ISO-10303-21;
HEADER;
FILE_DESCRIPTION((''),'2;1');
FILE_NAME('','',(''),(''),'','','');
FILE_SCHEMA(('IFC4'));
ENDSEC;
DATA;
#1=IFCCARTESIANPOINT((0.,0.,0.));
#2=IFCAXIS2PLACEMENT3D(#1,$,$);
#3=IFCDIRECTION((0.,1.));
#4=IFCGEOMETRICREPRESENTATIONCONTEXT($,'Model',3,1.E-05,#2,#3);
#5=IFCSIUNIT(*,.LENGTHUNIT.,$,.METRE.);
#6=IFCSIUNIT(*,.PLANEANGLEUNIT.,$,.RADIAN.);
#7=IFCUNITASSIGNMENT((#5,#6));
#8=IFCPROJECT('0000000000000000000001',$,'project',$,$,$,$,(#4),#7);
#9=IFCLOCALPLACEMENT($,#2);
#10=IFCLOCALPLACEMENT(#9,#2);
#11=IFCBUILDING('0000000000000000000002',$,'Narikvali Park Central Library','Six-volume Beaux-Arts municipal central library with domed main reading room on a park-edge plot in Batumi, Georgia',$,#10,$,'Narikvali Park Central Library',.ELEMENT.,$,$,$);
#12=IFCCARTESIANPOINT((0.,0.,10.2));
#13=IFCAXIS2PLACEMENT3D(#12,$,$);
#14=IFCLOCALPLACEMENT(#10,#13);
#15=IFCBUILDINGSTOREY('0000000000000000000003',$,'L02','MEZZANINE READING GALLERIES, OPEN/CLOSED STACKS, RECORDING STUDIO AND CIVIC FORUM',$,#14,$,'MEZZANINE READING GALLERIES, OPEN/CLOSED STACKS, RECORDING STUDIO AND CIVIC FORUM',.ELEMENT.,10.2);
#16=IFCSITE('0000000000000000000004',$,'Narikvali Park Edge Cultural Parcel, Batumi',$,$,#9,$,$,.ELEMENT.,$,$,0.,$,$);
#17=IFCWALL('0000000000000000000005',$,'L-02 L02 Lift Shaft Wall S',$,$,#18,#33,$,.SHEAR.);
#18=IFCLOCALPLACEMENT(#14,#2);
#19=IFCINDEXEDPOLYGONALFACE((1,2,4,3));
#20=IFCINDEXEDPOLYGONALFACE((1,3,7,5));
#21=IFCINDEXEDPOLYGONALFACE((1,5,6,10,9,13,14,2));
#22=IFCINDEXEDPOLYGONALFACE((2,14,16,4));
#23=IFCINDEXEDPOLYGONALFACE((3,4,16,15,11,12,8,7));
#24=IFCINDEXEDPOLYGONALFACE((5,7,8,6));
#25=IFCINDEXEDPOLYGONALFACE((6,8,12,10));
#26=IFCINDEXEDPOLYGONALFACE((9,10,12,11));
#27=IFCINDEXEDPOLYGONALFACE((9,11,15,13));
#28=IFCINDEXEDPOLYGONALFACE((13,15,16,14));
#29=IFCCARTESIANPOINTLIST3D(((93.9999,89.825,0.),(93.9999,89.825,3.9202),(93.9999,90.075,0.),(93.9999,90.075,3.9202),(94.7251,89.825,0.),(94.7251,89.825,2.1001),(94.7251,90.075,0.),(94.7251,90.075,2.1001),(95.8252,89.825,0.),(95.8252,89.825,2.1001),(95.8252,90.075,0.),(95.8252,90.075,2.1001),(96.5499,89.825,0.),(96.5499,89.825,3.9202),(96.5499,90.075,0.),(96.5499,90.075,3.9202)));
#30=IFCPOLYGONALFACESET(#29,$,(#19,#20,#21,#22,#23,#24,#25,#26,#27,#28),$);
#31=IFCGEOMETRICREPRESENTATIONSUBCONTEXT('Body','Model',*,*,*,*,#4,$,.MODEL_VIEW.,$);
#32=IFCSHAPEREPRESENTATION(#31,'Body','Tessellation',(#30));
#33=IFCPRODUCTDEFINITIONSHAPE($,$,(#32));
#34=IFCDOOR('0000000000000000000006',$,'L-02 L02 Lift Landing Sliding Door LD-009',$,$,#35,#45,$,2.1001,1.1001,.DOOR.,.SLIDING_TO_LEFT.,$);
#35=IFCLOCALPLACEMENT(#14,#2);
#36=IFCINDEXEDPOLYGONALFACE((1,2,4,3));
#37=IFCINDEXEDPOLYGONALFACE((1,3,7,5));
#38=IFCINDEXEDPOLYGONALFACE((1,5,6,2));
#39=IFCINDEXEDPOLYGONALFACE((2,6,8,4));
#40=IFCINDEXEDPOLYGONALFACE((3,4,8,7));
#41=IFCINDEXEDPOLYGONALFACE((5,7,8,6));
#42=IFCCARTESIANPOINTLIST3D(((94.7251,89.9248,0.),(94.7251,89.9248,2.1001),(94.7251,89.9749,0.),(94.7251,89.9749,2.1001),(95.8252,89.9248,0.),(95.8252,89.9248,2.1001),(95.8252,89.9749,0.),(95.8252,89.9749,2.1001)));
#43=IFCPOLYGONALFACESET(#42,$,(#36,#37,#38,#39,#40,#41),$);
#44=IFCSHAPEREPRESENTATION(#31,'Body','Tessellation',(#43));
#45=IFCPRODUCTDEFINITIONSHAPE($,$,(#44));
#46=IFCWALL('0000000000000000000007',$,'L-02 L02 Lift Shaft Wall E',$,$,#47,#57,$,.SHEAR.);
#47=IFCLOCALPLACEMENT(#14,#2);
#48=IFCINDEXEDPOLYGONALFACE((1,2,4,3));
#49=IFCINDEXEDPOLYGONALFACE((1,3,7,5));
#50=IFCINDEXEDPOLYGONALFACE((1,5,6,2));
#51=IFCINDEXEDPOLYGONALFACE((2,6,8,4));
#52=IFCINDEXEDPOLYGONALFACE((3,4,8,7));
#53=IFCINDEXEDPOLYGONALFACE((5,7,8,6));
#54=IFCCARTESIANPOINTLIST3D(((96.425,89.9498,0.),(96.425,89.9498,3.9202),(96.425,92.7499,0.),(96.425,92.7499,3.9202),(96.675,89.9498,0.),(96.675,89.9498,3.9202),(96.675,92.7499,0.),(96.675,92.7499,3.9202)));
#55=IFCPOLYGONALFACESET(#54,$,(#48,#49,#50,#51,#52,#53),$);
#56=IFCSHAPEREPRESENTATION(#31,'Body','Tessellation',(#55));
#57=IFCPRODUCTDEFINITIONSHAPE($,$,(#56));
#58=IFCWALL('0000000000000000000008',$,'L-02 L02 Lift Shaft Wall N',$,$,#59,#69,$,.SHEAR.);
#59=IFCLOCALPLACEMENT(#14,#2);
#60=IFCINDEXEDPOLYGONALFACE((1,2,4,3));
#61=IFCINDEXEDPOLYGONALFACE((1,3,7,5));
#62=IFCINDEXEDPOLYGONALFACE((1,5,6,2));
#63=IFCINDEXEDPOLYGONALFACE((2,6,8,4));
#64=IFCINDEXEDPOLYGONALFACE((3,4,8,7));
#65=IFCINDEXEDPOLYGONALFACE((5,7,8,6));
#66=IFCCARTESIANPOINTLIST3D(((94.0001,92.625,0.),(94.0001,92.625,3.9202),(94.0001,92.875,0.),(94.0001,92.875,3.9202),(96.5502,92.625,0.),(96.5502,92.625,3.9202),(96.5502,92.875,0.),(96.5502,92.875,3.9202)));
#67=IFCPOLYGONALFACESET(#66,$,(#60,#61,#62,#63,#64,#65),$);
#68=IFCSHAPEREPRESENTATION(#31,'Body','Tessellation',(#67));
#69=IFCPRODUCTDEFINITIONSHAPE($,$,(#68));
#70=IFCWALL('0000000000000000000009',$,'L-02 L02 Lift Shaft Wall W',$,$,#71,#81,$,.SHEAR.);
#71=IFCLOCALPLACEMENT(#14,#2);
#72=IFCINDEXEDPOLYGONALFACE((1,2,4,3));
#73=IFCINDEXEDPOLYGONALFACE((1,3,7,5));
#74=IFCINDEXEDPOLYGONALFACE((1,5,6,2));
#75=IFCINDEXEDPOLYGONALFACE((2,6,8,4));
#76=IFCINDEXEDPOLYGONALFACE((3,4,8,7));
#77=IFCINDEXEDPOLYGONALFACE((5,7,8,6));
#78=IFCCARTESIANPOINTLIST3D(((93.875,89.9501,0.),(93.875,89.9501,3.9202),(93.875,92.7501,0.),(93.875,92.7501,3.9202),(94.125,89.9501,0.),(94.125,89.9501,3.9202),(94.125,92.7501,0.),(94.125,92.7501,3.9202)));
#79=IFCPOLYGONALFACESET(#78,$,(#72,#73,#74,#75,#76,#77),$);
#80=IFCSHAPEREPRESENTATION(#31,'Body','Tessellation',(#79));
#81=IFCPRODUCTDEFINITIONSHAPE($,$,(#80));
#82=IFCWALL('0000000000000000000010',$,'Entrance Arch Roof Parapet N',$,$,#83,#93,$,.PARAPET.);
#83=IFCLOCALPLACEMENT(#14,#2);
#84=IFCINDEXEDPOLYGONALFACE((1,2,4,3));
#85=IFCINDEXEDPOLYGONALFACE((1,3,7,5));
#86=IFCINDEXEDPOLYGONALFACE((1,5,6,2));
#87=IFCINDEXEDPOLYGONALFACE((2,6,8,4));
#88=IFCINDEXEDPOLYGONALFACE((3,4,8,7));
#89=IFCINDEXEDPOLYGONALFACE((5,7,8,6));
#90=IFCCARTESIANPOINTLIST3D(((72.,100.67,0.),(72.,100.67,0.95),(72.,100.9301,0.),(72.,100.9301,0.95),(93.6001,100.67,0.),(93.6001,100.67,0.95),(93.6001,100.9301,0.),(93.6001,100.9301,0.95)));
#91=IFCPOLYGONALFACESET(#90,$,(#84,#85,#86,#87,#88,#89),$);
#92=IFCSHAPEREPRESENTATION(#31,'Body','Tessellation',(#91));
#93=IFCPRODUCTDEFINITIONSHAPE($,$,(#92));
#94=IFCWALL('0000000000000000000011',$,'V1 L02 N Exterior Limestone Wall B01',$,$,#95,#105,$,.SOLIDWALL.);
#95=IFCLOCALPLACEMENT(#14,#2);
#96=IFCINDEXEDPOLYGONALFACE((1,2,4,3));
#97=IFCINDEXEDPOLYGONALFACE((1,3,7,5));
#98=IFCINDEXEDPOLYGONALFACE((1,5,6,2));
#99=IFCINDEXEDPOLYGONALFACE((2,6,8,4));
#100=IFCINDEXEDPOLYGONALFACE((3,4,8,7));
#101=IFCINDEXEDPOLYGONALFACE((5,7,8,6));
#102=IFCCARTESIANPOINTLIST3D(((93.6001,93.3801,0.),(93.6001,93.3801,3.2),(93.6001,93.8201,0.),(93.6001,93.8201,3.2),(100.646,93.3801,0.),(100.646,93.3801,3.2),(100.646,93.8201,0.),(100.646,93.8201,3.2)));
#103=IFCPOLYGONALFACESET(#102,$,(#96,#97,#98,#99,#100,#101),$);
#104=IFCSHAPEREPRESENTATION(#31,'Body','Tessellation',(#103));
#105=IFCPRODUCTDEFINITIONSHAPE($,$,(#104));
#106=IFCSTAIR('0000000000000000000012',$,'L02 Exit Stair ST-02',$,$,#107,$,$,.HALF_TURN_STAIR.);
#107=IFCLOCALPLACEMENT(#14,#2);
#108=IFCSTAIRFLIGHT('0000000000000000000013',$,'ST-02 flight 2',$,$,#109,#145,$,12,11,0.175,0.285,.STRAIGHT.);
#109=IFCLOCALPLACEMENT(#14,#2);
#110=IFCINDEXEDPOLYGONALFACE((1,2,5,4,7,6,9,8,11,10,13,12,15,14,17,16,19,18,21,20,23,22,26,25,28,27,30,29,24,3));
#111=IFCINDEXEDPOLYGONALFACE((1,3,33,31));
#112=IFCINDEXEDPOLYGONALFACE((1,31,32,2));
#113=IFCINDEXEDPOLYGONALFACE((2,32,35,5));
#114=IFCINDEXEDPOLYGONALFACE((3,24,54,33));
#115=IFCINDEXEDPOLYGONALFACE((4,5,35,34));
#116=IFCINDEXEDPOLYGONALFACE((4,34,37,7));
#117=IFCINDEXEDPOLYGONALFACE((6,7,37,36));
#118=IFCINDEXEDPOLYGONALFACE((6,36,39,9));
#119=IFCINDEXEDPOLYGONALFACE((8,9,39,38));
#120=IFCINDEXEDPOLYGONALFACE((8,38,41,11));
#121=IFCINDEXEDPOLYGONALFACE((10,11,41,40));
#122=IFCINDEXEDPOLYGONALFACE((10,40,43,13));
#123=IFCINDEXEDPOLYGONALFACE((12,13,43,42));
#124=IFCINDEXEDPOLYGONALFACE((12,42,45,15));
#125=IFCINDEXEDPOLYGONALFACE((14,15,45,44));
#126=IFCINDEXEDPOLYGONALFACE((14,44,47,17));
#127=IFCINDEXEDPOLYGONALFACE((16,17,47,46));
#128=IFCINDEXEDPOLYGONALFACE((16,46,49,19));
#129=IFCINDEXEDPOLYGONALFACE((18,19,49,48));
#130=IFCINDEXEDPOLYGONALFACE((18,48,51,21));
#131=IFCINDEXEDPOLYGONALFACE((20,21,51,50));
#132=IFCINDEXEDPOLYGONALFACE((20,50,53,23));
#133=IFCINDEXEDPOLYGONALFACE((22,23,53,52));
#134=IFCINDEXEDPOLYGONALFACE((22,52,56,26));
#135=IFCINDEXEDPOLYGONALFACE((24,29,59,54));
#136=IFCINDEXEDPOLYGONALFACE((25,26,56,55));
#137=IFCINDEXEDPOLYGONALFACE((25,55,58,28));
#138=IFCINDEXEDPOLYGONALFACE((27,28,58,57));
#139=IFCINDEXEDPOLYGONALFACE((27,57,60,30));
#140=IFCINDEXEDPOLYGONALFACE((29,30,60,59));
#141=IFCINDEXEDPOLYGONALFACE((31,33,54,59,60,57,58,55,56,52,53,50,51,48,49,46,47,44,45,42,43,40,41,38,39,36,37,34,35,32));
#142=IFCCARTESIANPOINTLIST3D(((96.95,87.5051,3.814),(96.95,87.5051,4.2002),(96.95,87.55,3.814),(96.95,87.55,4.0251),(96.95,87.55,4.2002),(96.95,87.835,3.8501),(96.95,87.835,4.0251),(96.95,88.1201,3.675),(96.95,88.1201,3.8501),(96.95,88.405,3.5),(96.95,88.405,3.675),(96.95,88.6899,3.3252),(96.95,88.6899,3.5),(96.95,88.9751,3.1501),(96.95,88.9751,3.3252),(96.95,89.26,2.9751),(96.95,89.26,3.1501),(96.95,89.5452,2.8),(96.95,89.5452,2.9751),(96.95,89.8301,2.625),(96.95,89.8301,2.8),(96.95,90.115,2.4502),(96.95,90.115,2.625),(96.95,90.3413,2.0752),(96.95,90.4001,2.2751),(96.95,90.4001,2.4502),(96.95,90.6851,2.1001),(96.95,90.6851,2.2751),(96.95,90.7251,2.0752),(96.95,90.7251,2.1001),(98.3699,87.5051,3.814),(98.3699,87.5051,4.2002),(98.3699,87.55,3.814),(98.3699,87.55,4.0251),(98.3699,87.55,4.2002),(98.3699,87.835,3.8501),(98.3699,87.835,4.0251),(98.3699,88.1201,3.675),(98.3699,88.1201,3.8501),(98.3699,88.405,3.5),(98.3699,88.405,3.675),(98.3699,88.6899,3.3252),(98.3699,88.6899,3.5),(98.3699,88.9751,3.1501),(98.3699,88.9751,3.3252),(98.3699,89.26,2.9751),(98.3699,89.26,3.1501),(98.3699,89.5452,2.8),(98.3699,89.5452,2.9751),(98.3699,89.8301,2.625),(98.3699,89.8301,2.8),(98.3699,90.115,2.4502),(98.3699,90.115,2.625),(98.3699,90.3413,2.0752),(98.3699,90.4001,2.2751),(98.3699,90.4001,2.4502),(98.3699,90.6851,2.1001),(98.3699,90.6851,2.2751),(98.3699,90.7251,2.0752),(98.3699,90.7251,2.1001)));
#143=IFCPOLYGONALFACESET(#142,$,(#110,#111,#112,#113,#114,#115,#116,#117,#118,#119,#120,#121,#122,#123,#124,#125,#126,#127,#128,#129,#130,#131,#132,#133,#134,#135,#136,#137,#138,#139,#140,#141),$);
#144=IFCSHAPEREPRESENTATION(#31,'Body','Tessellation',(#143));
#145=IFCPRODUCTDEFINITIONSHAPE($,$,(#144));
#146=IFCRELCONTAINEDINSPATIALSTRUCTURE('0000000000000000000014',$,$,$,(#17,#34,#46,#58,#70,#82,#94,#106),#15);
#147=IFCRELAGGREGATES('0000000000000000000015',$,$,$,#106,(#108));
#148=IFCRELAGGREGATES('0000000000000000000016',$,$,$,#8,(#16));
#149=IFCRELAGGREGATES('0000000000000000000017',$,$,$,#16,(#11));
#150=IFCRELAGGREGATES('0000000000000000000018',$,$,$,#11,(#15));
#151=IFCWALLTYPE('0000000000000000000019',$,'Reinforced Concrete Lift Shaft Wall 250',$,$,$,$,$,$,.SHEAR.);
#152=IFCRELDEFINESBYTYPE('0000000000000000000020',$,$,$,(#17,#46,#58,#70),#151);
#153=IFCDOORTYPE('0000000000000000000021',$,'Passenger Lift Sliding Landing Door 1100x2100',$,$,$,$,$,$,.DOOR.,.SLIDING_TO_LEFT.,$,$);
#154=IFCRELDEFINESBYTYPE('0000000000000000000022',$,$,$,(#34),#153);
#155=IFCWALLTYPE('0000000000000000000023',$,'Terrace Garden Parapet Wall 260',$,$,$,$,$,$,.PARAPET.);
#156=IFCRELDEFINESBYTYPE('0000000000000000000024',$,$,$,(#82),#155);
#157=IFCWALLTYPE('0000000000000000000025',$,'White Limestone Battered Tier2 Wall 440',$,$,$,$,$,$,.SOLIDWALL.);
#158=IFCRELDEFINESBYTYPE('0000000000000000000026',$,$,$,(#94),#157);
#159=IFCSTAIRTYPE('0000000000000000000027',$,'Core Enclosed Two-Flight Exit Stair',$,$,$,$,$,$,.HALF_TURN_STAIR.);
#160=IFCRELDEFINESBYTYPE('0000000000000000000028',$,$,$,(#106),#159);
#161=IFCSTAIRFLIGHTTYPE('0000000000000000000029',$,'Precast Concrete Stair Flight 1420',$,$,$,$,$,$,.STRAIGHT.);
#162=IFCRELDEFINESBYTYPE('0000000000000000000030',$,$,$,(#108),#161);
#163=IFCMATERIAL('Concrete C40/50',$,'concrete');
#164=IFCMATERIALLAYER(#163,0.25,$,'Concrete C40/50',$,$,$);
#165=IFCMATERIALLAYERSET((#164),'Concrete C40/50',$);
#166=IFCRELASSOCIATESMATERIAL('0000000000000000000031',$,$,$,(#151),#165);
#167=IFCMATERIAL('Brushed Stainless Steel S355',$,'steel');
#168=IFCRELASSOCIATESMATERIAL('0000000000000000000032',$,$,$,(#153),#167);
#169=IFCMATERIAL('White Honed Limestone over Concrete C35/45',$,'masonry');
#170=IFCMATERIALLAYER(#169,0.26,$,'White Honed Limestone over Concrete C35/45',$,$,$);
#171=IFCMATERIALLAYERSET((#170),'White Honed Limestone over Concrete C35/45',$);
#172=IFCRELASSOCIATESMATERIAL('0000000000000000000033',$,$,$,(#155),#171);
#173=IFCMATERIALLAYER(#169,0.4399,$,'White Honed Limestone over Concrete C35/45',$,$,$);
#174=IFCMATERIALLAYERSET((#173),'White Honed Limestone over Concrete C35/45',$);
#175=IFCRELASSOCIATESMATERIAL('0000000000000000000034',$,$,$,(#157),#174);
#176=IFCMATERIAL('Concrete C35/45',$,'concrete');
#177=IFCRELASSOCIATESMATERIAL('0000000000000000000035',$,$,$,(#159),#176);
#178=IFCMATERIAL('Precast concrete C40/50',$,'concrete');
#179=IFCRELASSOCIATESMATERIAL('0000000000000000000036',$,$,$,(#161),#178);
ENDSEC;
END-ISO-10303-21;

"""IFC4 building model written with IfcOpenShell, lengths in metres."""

from ifc_helpers import new_model, si_unit, direction, frame, frame_2d, origin, place, context, subcontext, project, spatial, polyline, rectangle, outline, extrude, material, layer, layer_set, type_object, element, fill, aggregate, save


model = new_model("IFC4")

# Units and contexts
model_context = context("Model", 3, precision=1e-05, world=origin(), true_north=direction((0.0, 1.0)))
body_context = subcontext(model_context, "Body", "Model", "MODEL_VIEW")
ifc_project = project(units=[si_unit("LENGTHUNIT", "METRE"), si_unit("PLANEANGLEUNIT", "RADIAN")], contexts=[model_context])

# Site, building, storey
site_placement = place(None, origin())
site = spatial("IfcSite", under=ifc_project, at=site_placement, Name="Narikvali Park Edge Cultural Parcel, Batumi", CompositionType="ELEMENT", RefElevation=0.0)
building_placement = place(site_placement, origin())
building = spatial("IfcBuilding", under=site, at=building_placement, Name="Narikvali Park Central Library", Description="Six-volume Beaux-Arts municipal central library with domed main reading room on a park-edge plot in Batumi, Georgia", LongName="Narikvali Park Central Library", CompositionType="ELEMENT")
storey_placement = place(building_placement, frame((0.0, 0.0, 10.2)))
storey = spatial("IfcBuildingStorey", under=building, at=storey_placement, Name="L02", Description="MEZZANINE READING GALLERIES, OPEN/CLOSED STACKS, RECORDING STUDIO AND CIVIC FORUM", LongName="MEZZANINE READING GALLERIES, OPEN/CLOSED STACKS, RECORDING STUDIO AND CIVIC FORUM", CompositionType="ELEMENT", Elevation=10.2)

# Shared definitions
ifc_material_1 = material(Name="Concrete C40/50", Category="concrete")

# Wall, opening, door
ifc_layer_1 = layer(ifc_material_1, 0.25, Name="Concrete C40/50")
ifc_layer_set_1 = layer_set([ifc_layer_1], Name="Concrete C40/50")
wall_type_1 = type_object("IfcWallType", Name="Reinforced Concrete Lift Shaft Wall 250", PredefinedType="SHEAR", material=ifc_layer_set_1)
wall_1_placement = place(storey_placement, frame((94.0, 89.95, 0.0), z_axis=(0.0, 0.0, 1.0), x_axis=(1.0, 0.0, 0.0)))
wall_1 = element("IfcWall", 1, at=wall_1_placement, inside=storey, type_object=wall_type_1, Name="L-02 L02 Lift Shaft Wall S", PredefinedType="SHEAR", context=body_context, shape_type="SweptSolid", body=[
    extrude(rectangle(XDim=2.55, YDim=0.25, at=frame_2d((1.2749, 0.0))), origin(), (0.0, 0.0, 1.0), 3.9202),
])
opening_placement = place(wall_1_placement, frame((0.7251, 0.0, 0.0)))
opening = element("IfcOpeningElement", 2, at=opening_placement, cuts=wall_1, PredefinedType="OPENING", context=body_context, shape_type="SweptSolid", body=[
    extrude(rectangle(XDim=1.1001, YDim=2.1001, at=frame_2d((0.55, 1.05))), frame((0.0, 0.137, 0.0), z_axis=(0.0, -1.0, 0.0), x_axis=(1.0, 0.0, 0.0)), (0.0, 0.0, 1.0), 0.2739),
])
ifc_material_2 = material(Name="Brushed Stainless Steel S355", Category="steel")
door_type = type_object("IfcDoorType", Name="Passenger Lift Sliding Landing Door 1100x2100", OperationType="SLIDING_TO_LEFT", PredefinedType="DOOR", material=ifc_material_2)
door_placement = place(opening_placement, origin())
door = element("IfcDoor", 3, at=door_placement, inside=storey, type_object=door_type, Name="L-02 L02 Lift Landing Sliding Door LD-009", OperationType="SLIDING_TO_LEFT", OverallHeight=2.1001, OverallWidth=1.1001, PredefinedType="DOOR", context=body_context, shape_type="SweptSolid", body=[
    extrude(rectangle(XDim=1.1001, YDim=2.1001, at=frame_2d((0.55, 1.05))), frame((0.0, 0.0249, 0.0), z_axis=(0.0, -1.0, 0.0), x_axis=(1.0, 0.0, 0.0)), (0.0, 0.0, 1.0), 0.05),
])
fill(opening, door)

# Walls
wall_2_placement = place(storey_placement, frame((96.55, 89.95, 0.0), z_axis=(0.0, 0.0, 1.0), x_axis=(0.0, 1.0, 0.0)))
element("IfcWall", 4, at=wall_2_placement, inside=storey, type_object=wall_type_1, Name="L-02 L02 Lift Shaft Wall E", PredefinedType="SHEAR", context=body_context, shape_type="SweptSolid", body=[
    extrude(rectangle(XDim=2.8, YDim=0.25, at=frame_2d((1.3999, 0.0))), origin(), (0.0, 0.0, 1.0), 3.9202),
])
wall_3_placement = place(storey_placement, frame((96.55, 92.75, 0.0), z_axis=(0.0, 0.0, 1.0), x_axis=(-1.0, 0.0, 0.0)))
element("IfcWall", 5, at=wall_3_placement, inside=storey, type_object=wall_type_1, Name="L-02 L02 Lift Shaft Wall N", PredefinedType="SHEAR", context=body_context, shape_type="SweptSolid", body=[
    extrude(rectangle(XDim=2.55, YDim=0.25, at=frame_2d((1.2749, 0.0))), origin(), (0.0, 0.0, 1.0), 3.9202),
])
wall_4_placement = place(storey_placement, frame((94.0, 92.75, 0.0), z_axis=(0.0, 0.0, 1.0), x_axis=(0.0, -1.0, 0.0)))
element("IfcWall", 6, at=wall_4_placement, inside=storey, type_object=wall_type_1, Name="L-02 L02 Lift Shaft Wall W", PredefinedType="SHEAR", context=body_context, shape_type="SweptSolid", body=[
    extrude(rectangle(XDim=2.8, YDim=0.25, at=frame_2d((1.3999, 0.0))), origin(), (0.0, 0.0, 1.0), 3.9202),
])
ifc_material_3 = material(Name="White Honed Limestone over Concrete C35/45", Category="masonry")
ifc_layer_2 = layer(ifc_material_3, 0.26, Name="White Honed Limestone over Concrete C35/45")
ifc_layer_set_2 = layer_set([ifc_layer_2], Name="White Honed Limestone over Concrete C35/45")
wall_type_2 = type_object("IfcWallType", Name="Terrace Garden Parapet Wall 260", PredefinedType="PARAPET", material=ifc_layer_set_2)
wall_5_placement = place(storey_placement, frame((93.6001, 100.8, 0.0), z_axis=(0.0, 0.0, 1.0), x_axis=(-1.0, 0.0, 0.0)))
element("IfcWall", 7, at=wall_5_placement, inside=storey, type_object=wall_type_2, Name="Entrance Arch Roof Parapet N", PredefinedType="PARAPET", context=body_context, shape_type="SweptSolid", body=[
    extrude(rectangle(XDim=21.6001, YDim=0.26, at=frame_2d((10.8, 0.0))), origin(), (0.0, 0.0, 1.0), 0.95),
])
ifc_layer_3 = layer(ifc_material_3, 0.4399, Name="White Honed Limestone over Concrete C35/45")
ifc_layer_set_3 = layer_set([ifc_layer_3], Name="White Honed Limestone over Concrete C35/45")
wall_type_3 = type_object("IfcWallType", Name="White Limestone Battered Tier2 Wall 440", PredefinedType="SOLIDWALL", material=ifc_layer_set_3)
wall_6_placement = place(storey_placement, frame((100.646, 93.6001, 0.0), z_axis=(0.0, 0.0, 1.0), x_axis=(-1.0, 0.0, 0.0)))
element("IfcWall", 8, at=wall_6_placement, inside=storey, type_object=wall_type_3, Name="V1 L02 N Exterior Limestone Wall B01", PredefinedType="SOLIDWALL", context=body_context, shape_type="SweptSolid", body=[
    extrude(rectangle(XDim=7.0459, YDim=0.4399, at=frame_2d((3.5229, 0.0))), origin(), (0.0, 0.0, 1.0), 3.2),
])

# Stair, stair flight
ifc_material_4 = material(Name="Concrete C35/45", Category="concrete")
stair_type = type_object("IfcStairType", Name="Core Enclosed Two-Flight Exit Stair", PredefinedType="HALF_TURN_STAIR", material=ifc_material_4)
stair_placement = place(storey_placement, origin())
stair = element("IfcStair", 9, at=stair_placement, inside=storey, type_object=stair_type, Name="L02 Exit Stair ST-02", PredefinedType="HALF_TURN_STAIR")
ifc_material_5 = material(Name="Precast concrete C40/50", Category="concrete")
stair_flight_type = type_object("IfcStairFlightType", Name="Precast Concrete Stair Flight 1420", PredefinedType="STRAIGHT", material=ifc_material_5)
stair_flight_placement = place(storey_placement, frame((97.6599, 90.6851, 2.1001), z_axis=(0.0, 0.0, 1.0), x_axis=(0.0, -1.0, 0.0)))
stair_flight = element("IfcStairFlight", 10, at=stair_flight_placement, type_object=stair_flight_type, Name="ST-02 flight 2", NumberOfRisers=12, NumberOfTreads=11, PredefinedType="STRAIGHT", RiserHeight=0.175, TreadLength=0.285, context=body_context, shape_type="SweptSolid", body=[
    extrude(outline(polyline([(-0.04, -0.0249), (-0.04, 0.0), (0.0, 0.0), (0.0, 0.175), (0.2849, 0.175), (0.2849, 0.3501), (0.5701, 0.3501), (0.5701, 0.5249), (0.855, 0.5249), (0.855, 0.7), (1.1399, 0.7), (1.1399, 0.875), (1.425, 0.875), (1.425, 1.05), (1.71, 1.05), (1.71, 1.2251), (1.9951, 1.2251), (1.9951, 1.3999), (2.28, 1.3999), (2.28, 1.575), (2.5649, 1.575), (2.5649, 1.75), (2.8501, 1.75), (2.8501, 1.925), (3.135, 1.925), (3.135, 2.1001), (3.1799, 2.1001), (3.1799, 1.7139), (3.135, 1.7139), (0.3438, -0.0249), (-0.04, -0.0249)])), frame((0.0, 0.71, 0.0), z_axis=(0.0, -1.0, 0.0), x_axis=(1.0, 0.0, 0.0)), (0.0, 0.0, 1.0), 1.4199),
])
aggregate(stair, [stair_flight])

save(model, "model.ifc")
